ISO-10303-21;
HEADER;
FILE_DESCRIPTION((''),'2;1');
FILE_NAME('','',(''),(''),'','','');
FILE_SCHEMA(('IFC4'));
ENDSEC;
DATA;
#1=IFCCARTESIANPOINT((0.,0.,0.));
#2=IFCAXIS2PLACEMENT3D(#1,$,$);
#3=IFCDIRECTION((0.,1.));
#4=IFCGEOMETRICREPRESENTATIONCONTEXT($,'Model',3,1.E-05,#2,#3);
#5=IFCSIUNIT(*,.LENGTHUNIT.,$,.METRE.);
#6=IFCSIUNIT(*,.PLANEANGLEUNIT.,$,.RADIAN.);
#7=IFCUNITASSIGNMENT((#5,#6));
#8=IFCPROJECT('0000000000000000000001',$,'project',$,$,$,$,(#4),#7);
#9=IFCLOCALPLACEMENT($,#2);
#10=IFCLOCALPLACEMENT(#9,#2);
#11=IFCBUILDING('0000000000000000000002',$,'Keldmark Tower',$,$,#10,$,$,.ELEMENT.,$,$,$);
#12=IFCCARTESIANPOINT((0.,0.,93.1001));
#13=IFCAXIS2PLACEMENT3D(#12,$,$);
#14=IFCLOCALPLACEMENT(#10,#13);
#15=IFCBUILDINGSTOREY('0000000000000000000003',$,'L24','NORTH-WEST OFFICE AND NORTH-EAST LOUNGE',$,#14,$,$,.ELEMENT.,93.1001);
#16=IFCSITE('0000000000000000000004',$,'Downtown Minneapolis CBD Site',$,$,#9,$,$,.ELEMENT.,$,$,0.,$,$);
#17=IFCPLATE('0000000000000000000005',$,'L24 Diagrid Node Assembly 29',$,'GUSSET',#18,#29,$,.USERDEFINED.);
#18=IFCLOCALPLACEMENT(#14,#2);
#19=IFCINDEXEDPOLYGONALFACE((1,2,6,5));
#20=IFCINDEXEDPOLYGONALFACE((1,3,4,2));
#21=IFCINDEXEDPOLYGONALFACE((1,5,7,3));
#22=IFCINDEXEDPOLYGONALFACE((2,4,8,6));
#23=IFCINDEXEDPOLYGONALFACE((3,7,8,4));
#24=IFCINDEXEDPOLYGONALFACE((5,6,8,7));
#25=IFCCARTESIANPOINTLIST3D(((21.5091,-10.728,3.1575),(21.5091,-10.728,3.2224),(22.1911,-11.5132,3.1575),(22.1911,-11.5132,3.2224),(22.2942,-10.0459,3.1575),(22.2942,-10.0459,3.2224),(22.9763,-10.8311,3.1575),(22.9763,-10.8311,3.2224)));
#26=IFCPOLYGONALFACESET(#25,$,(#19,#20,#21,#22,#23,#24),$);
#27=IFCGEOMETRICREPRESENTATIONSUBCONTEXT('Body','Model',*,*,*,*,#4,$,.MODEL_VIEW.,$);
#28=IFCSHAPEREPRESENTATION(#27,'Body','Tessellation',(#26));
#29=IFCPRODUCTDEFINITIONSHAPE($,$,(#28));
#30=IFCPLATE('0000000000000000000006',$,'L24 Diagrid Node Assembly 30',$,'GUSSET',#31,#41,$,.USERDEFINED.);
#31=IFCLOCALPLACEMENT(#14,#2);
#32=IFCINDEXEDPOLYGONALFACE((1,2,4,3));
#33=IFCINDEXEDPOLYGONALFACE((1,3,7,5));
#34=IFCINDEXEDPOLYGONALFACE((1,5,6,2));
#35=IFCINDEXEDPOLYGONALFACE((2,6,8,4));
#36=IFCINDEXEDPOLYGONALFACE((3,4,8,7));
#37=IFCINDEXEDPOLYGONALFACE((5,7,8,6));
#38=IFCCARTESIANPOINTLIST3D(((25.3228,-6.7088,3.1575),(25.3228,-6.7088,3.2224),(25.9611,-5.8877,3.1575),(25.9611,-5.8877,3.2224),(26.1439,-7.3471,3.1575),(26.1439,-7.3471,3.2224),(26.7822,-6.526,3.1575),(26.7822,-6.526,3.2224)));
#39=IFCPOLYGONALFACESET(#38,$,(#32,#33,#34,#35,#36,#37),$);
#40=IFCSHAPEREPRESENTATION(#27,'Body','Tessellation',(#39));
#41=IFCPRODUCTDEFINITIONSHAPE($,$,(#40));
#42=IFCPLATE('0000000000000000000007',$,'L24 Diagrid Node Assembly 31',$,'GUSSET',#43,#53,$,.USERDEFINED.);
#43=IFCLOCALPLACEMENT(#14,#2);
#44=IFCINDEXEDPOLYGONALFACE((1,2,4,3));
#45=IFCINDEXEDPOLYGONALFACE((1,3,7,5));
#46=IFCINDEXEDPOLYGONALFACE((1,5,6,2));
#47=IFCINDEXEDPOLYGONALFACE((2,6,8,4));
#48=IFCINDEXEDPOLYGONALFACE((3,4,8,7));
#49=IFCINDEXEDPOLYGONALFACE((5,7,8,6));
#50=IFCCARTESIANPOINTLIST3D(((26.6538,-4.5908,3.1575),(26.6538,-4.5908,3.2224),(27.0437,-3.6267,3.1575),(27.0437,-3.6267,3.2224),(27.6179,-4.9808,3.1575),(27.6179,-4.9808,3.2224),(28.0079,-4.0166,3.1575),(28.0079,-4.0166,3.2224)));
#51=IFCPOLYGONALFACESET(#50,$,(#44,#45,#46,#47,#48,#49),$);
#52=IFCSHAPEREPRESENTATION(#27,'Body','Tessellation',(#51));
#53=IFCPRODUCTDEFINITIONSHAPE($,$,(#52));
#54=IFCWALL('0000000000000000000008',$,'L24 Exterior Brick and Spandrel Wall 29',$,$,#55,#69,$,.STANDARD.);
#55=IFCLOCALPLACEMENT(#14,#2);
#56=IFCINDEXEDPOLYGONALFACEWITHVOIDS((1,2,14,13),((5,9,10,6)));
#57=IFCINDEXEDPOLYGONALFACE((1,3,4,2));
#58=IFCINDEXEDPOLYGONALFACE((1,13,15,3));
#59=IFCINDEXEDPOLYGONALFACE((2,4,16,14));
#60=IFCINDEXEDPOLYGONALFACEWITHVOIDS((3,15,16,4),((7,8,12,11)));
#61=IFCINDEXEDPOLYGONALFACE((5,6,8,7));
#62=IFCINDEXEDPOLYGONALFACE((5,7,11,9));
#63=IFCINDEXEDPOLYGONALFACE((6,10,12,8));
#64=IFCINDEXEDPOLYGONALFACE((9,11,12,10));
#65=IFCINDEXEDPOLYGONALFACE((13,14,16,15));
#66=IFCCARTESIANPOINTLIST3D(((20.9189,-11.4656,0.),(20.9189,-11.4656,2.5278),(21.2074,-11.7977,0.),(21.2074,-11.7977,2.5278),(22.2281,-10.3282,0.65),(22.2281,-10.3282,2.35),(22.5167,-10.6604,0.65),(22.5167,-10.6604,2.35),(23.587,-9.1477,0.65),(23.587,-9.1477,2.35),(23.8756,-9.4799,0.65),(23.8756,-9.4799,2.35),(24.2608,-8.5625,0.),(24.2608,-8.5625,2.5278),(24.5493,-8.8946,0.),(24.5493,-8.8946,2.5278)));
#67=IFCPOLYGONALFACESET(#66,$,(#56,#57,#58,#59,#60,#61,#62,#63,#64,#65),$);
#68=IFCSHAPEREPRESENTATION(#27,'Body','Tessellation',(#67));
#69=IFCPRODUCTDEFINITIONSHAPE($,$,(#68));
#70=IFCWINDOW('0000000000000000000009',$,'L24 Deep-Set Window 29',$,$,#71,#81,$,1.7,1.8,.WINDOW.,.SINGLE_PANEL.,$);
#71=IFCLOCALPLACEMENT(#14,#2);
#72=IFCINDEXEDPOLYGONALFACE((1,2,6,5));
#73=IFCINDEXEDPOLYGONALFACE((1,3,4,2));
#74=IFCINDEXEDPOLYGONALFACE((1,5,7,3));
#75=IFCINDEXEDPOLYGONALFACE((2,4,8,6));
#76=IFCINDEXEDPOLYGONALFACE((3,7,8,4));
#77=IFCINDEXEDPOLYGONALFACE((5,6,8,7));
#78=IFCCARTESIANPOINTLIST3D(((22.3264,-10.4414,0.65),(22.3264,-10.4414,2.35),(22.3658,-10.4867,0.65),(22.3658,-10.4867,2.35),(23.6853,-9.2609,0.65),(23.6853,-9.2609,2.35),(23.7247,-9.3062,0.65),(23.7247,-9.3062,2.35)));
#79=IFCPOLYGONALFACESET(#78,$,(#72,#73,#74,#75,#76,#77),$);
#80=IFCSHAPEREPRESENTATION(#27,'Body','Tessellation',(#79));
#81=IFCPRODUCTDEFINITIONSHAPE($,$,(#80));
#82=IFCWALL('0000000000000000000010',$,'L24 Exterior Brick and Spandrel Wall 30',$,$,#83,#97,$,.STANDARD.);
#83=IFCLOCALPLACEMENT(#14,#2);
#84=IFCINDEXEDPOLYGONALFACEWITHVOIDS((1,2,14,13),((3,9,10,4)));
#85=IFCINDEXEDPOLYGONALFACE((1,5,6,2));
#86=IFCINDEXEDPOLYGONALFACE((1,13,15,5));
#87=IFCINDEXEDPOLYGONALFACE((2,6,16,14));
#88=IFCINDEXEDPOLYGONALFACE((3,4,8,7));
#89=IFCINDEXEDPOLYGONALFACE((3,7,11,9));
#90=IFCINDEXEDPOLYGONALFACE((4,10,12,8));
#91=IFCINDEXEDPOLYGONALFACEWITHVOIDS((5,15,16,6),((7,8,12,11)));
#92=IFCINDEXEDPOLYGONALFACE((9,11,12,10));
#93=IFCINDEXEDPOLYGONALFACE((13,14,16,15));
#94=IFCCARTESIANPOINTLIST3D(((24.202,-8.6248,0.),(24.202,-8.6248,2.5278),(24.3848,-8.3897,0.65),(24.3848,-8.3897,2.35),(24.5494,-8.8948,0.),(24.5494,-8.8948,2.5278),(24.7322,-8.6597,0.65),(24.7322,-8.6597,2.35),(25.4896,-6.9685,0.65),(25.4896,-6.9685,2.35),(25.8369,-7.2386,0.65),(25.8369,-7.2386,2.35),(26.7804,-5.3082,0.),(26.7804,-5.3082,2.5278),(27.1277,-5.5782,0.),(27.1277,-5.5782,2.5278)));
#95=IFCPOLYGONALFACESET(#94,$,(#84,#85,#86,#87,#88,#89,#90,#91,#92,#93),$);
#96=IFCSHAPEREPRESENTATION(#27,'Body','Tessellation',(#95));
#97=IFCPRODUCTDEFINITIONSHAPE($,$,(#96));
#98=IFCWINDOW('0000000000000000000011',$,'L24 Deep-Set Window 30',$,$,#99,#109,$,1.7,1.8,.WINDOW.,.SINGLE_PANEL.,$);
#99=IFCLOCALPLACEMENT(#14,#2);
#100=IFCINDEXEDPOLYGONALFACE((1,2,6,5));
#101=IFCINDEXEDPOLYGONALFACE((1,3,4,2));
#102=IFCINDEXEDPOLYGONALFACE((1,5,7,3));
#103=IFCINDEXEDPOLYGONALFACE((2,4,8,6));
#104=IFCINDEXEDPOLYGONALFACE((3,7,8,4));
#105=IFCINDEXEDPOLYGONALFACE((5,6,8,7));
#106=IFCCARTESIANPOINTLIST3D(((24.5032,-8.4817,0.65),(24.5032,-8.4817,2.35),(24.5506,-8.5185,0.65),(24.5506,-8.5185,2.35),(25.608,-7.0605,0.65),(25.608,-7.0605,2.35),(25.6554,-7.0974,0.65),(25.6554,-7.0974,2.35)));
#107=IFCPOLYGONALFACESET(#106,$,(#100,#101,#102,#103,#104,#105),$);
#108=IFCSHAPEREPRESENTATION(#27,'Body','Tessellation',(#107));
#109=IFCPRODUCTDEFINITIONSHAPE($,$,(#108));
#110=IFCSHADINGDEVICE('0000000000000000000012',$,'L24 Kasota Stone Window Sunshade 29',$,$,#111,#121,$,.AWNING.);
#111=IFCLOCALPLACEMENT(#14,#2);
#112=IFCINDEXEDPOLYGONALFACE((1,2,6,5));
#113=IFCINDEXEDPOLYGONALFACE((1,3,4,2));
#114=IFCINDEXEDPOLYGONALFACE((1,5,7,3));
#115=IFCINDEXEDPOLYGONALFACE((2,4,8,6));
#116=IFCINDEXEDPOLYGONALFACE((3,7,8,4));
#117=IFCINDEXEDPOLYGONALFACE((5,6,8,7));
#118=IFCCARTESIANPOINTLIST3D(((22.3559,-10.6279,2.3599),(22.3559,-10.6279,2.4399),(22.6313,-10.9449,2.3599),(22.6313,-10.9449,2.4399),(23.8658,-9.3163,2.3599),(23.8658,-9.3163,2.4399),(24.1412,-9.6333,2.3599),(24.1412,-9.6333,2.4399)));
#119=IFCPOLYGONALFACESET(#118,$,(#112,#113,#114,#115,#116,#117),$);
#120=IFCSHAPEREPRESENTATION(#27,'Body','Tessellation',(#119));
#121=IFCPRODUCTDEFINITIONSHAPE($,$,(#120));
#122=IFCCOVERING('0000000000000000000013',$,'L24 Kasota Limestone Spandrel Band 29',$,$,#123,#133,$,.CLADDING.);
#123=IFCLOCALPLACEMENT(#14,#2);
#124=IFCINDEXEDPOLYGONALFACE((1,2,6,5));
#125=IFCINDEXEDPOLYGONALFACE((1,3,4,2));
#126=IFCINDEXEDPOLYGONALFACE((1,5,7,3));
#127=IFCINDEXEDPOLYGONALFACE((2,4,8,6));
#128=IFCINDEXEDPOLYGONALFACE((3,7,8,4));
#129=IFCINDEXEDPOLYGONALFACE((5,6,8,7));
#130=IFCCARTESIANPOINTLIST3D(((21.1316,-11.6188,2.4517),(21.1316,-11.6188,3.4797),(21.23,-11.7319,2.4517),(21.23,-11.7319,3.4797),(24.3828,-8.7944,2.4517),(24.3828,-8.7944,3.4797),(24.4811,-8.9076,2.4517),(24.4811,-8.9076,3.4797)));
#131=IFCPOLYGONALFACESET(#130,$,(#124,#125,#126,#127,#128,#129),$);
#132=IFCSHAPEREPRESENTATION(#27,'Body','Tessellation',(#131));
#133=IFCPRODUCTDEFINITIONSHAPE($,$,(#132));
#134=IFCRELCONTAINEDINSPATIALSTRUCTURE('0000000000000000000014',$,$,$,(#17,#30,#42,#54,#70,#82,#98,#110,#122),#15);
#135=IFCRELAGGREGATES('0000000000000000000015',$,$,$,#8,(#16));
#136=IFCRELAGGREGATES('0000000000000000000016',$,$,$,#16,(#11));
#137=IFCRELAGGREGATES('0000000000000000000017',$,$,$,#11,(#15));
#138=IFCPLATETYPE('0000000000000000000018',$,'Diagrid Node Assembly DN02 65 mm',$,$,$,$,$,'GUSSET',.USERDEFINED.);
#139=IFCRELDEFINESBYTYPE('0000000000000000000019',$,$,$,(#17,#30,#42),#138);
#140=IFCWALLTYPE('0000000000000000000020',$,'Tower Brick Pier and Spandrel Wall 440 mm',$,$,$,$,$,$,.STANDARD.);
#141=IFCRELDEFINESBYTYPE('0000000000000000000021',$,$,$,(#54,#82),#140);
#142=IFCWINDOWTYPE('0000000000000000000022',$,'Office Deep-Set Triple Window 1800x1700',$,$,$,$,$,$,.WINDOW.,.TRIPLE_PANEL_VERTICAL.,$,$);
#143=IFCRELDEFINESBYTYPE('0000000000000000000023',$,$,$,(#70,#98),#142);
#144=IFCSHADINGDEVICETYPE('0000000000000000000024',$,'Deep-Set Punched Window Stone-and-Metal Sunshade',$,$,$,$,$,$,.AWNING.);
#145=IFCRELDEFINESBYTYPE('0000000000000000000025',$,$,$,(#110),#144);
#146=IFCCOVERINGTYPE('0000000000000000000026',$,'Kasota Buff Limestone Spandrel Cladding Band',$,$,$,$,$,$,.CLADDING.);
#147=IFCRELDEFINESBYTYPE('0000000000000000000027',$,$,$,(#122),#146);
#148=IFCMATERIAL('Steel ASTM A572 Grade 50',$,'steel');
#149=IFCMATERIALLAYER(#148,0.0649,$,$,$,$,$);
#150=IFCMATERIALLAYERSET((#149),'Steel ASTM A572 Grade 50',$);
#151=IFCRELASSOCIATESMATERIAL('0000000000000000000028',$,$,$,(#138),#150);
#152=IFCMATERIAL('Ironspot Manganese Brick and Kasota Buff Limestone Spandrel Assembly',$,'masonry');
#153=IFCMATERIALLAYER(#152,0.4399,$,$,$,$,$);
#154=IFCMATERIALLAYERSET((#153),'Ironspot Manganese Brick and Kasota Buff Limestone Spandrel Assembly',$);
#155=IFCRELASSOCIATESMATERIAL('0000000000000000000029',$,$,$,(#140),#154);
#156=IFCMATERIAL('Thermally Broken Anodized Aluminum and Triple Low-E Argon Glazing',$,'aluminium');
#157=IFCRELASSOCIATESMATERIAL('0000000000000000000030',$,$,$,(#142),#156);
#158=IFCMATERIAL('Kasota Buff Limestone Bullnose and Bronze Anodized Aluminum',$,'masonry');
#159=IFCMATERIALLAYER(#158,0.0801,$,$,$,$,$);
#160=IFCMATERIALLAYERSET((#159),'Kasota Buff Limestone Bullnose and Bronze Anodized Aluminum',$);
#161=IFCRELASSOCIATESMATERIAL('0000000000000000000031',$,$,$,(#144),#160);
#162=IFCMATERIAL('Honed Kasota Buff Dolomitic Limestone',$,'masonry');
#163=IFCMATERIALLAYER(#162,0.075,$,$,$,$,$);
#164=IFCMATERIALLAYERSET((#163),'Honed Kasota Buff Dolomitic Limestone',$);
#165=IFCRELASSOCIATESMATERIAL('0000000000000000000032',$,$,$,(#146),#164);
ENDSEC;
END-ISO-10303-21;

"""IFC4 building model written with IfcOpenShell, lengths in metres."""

from ifc_helpers import new_model, si_unit, direction, frame, frame_2d, origin, origin_2d, place, context, subcontext, project, spatial, rectangle, extrude, material, layer, layer_set, type_object, element, fill, save


model = new_model("IFC4")

# Units and contexts
model_context = context("Model", 3, precision=1e-05, world=origin(), true_north=direction((0.0, 1.0)))
body_context = subcontext(model_context, "Body", "Model", "MODEL_VIEW")
ifc_project = project(units=[si_unit("LENGTHUNIT", "METRE"), si_unit("PLANEANGLEUNIT", "RADIAN")], contexts=[model_context])

# Site, building, storey
site_placement = place(None, origin())
site = spatial("IfcSite", under=ifc_project, at=site_placement, Name="Downtown Minneapolis CBD Site", CompositionType="ELEMENT", RefElevation=0.0)
building_placement = place(site_placement, origin())
building = spatial("IfcBuilding", under=site, at=building_placement, Name="Keldmark Tower", CompositionType="ELEMENT")
storey_placement = place(building_placement, frame((0.0, 0.0, 93.1001)))
storey = spatial("IfcBuildingStorey", under=building, at=storey_placement, Name="L24", Description="NORTH-WEST OFFICE AND NORTH-EAST LOUNGE", CompositionType="ELEMENT", Elevation=93.1001)

# Plates
ifc_material_1 = material(Name="Steel ASTM A572 Grade 50", Category="steel")
ifc_layer_1 = layer(ifc_material_1, 0.0649)
ifc_layer_set_1 = layer_set([ifc_layer_1], Name="Steel ASTM A572 Grade 50")
plate_type = type_object("IfcPlateType", Name="Diagrid Node Assembly DN02 65 mm", ElementType="GUSSET", PredefinedType="USERDEFINED", material=ifc_layer_set_1)
for number, where, z_axis, x_axis, name in (
    (1, (22.2427, -10.7795, 3.1575), (0.0, 0.0, 1.0), (0.754939, 0.655796, 0.0), "L24 Diagrid Node Assembly 29"),
    (2, (26.0525, -6.6174, 3.1575), (0.0, 0.0, 1.0), (0.613734, 0.789513, 0.0), "L24 Diagrid Node Assembly 30"),
    (3, (27.3308, -4.3037, 3.1575), (0.0, 0.0, 1.0), (0.37493, 0.927053, 0.0), "L24 Diagrid Node Assembly 31"),
):
    element("IfcPlate", number, at=place(storey_placement, frame(where, z_axis=z_axis, x_axis=x_axis)), inside=storey, type_object=plate_type, Name=name, ObjectType="GUSSET", PredefinedType="USERDEFINED", context=body_context, shape_type="SweptSolid", body=[
        extrude(rectangle(XDim=1.04, YDim=1.04, at=origin_2d()), origin(), (0.0, 0.0, 1.0), 0.0649),
    ])

# Walls, openings, windows
ifc_material_2 = material(Name="Ironspot Manganese Brick and Kasota Buff Limestone Spandrel Assembly", Category="masonry")
ifc_layer_2 = layer(ifc_material_2, 0.4399)
ifc_layer_set_2 = layer_set([ifc_layer_2], Name="Ironspot Manganese Brick and Kasota Buff Limestone Spandrel Assembly")
wall_type = type_object("IfcWallType", Name="Tower Brick Pier and Spandrel Wall 440 mm", PredefinedType="STANDARD", material=ifc_layer_set_2)
wall_1_placement = place(storey_placement, frame((24.405, -8.7285, 0.0), z_axis=(0.0, 0.0, 1.0), x_axis=(-0.754922, -0.655814, 0.0)))
wall_1 = element("IfcWall", 4, at=wall_1_placement, inside=storey, type_object=wall_type, Name="L24 Exterior Brick and Spandrel Wall 29", PredefinedType="STANDARD", context=body_context, shape_type="SweptSolid", body=[
    extrude(rectangle(XDim=4.4268, YDim=0.4399, at=frame_2d((2.2134, 0.0))), origin(), (0.0, 0.0, 1.0), 2.5278),
])
opening_1_placement = place(wall_1_placement, frame((0.8926, 0.0, 0.6499)))
opening_1 = element("IfcOpeningElement", 5, at=opening_1_placement, cuts=wall_1, PredefinedType="OPENING", context=body_context, shape_type="SweptSolid", body=[
    extrude(rectangle(XDim=1.8, YDim=1.7, at=frame_2d((0.8999, 0.8501))), frame((0.0, 0.23, 0.0), z_axis=(0.0, -1.0, 0.0), x_axis=(1.0, 0.0, 0.0)), (0.0, 0.0, 1.0), 0.46),
])
ifc_material_3 = material(Name="Thermally Broken Anodized Aluminum and Triple Low-E Argon Glazing", Category="aluminium")
window_type = type_object("IfcWindowType", Name="Office Deep-Set Triple Window 1800x1700", PartitioningType="TRIPLE_PANEL_VERTICAL", PredefinedType="WINDOW", material=ifc_material_3)
window_1_placement = place(opening_1_placement, origin())
window_1 = element("IfcWindow", 6, at=window_1_placement, inside=storey, type_object=window_type, Name="L24 Deep-Set Window 29", OverallHeight=1.7, OverallWidth=1.8, PartitioningType="SINGLE_PANEL", PredefinedType="WINDOW", context=body_context, shape_type="SweptSolid", body=[
    extrude(rectangle(XDim=1.8, YDim=1.7, at=frame_2d((0.8999, 0.8501))), frame((0.0, -0.01, 0.0), z_axis=(0.0, -1.0, 0.0), x_axis=(1.0, 0.0, 0.0)), (0.0, 0.0, 1.0), 0.0601),
])
fill(opening_1, window_1)
wall_2_placement = place(storey_placement, frame((26.9541, -5.4431, 0.0), z_axis=(0.0, 0.0, 1.0), x_axis=(-0.613756, -0.789496, 0.0)))
wall_2 = element("IfcWall", 7, at=wall_2_placement, inside=storey, type_object=wall_type, Name="L24 Exterior Brick and Spandrel Wall 30", PredefinedType="STANDARD", context=body_context, shape_type="SweptSolid", body=[
    extrude(rectangle(XDim=4.2009, YDim=0.4399, at=frame_2d((2.1006, 0.0))), origin(), (0.0, 0.0, 1.0), 2.5278),
])
opening_2_placement = place(wall_2_placement, frame((2.1033, 0.0, 0.6499)))
opening_2 = element("IfcOpeningElement", 8, at=opening_2_placement, cuts=wall_2, PredefinedType="OPENING", context=body_context, shape_type="SweptSolid", body=[
    extrude(rectangle(XDim=1.8, YDim=1.7, at=frame_2d((0.8999, 0.8501))), frame((0.0, 0.23, 0.0), z_axis=(0.0, -1.0, 0.0), x_axis=(1.0, 0.0, 0.0)), (0.0, 0.0, 1.0), 0.46),
])
window_2_placement = place(opening_2_placement, origin())
window_2 = element("IfcWindow", 9, at=window_2_placement, inside=storey, type_object=window_type, Name="L24 Deep-Set Window 30", OverallHeight=1.7, OverallWidth=1.8, PartitioningType="SINGLE_PANEL", PredefinedType="WINDOW", context=body_context, shape_type="SweptSolid", body=[
    extrude(rectangle(XDim=1.8, YDim=1.7, at=frame_2d((0.8999, 0.8501))), frame((0.0, -0.01, 0.0), z_axis=(0.0, -1.0, 0.0), x_axis=(1.0, 0.0, 0.0)), (0.0, 0.0, 1.0), 0.0601),
])
fill(opening_2, window_2)

# Shading device
ifc_material_4 = material(Name="Kasota Buff Limestone Bullnose and Bronze Anodized Aluminum", Category="masonry")
ifc_layer_3 = layer(ifc_material_4, 0.0801)
ifc_layer_set_3 = layer_set([ifc_layer_3], Name="Kasota Buff Limestone Bullnose and Bronze Anodized Aluminum")
shading_device_type = type_object("IfcShadingDeviceType", Name="Deep-Set Punched Window Stone-and-Metal Sunshade", PredefinedType="AWNING", material=ifc_layer_set_3)
shading_device_placement = place(storey_placement, frame((23.2485, -10.1306, 2.3599), z_axis=(0.0, 0.0, 1.0), x_axis=(-0.754927, -0.655809, 0.0)))
element("IfcShadingDevice", 10, at=shading_device_placement, inside=storey, type_object=shading_device_type, Name="L24 Kasota Stone Window Sunshade 29", PredefinedType="AWNING", context=body_context, shape_type="SweptSolid", body=[
    extrude(rectangle(XDim=2.0, YDim=0.4199, at=origin_2d()), origin(), (0.0, 0.0, 1.0), 0.0801),
])

# Covering
ifc_material_5 = material(Name="Honed Kasota Buff Dolomitic Limestone", Category="masonry")
ifc_layer_4 = layer(ifc_material_5, 0.075)
ifc_layer_set_4 = layer_set([ifc_layer_4], Name="Honed Kasota Buff Dolomitic Limestone")
covering_type = type_object("IfcCoveringType", Name="Kasota Buff Limestone Spandrel Cladding Band", PredefinedType="CLADDING", material=ifc_layer_set_4)
covering_placement = place(storey_placement, frame((22.8064, -10.2632, 2.4517), z_axis=(0.0, 0.0, 1.0), x_axis=(0.754927, 0.655809, 0.0)))
element("IfcCovering", 11, at=covering_placement, inside=storey, type_object=covering_type, Name="L24 Kasota Limestone Spandrel Band 29", PredefinedType="CLADDING", context=body_context, shape_type="SweptSolid", body=[
    extrude(rectangle(XDim=4.3066, YDim=0.1499, at=origin_2d()), origin(), (0.0, 0.0, 1.0), 1.0281),
])

save(model, "model.ifc")
